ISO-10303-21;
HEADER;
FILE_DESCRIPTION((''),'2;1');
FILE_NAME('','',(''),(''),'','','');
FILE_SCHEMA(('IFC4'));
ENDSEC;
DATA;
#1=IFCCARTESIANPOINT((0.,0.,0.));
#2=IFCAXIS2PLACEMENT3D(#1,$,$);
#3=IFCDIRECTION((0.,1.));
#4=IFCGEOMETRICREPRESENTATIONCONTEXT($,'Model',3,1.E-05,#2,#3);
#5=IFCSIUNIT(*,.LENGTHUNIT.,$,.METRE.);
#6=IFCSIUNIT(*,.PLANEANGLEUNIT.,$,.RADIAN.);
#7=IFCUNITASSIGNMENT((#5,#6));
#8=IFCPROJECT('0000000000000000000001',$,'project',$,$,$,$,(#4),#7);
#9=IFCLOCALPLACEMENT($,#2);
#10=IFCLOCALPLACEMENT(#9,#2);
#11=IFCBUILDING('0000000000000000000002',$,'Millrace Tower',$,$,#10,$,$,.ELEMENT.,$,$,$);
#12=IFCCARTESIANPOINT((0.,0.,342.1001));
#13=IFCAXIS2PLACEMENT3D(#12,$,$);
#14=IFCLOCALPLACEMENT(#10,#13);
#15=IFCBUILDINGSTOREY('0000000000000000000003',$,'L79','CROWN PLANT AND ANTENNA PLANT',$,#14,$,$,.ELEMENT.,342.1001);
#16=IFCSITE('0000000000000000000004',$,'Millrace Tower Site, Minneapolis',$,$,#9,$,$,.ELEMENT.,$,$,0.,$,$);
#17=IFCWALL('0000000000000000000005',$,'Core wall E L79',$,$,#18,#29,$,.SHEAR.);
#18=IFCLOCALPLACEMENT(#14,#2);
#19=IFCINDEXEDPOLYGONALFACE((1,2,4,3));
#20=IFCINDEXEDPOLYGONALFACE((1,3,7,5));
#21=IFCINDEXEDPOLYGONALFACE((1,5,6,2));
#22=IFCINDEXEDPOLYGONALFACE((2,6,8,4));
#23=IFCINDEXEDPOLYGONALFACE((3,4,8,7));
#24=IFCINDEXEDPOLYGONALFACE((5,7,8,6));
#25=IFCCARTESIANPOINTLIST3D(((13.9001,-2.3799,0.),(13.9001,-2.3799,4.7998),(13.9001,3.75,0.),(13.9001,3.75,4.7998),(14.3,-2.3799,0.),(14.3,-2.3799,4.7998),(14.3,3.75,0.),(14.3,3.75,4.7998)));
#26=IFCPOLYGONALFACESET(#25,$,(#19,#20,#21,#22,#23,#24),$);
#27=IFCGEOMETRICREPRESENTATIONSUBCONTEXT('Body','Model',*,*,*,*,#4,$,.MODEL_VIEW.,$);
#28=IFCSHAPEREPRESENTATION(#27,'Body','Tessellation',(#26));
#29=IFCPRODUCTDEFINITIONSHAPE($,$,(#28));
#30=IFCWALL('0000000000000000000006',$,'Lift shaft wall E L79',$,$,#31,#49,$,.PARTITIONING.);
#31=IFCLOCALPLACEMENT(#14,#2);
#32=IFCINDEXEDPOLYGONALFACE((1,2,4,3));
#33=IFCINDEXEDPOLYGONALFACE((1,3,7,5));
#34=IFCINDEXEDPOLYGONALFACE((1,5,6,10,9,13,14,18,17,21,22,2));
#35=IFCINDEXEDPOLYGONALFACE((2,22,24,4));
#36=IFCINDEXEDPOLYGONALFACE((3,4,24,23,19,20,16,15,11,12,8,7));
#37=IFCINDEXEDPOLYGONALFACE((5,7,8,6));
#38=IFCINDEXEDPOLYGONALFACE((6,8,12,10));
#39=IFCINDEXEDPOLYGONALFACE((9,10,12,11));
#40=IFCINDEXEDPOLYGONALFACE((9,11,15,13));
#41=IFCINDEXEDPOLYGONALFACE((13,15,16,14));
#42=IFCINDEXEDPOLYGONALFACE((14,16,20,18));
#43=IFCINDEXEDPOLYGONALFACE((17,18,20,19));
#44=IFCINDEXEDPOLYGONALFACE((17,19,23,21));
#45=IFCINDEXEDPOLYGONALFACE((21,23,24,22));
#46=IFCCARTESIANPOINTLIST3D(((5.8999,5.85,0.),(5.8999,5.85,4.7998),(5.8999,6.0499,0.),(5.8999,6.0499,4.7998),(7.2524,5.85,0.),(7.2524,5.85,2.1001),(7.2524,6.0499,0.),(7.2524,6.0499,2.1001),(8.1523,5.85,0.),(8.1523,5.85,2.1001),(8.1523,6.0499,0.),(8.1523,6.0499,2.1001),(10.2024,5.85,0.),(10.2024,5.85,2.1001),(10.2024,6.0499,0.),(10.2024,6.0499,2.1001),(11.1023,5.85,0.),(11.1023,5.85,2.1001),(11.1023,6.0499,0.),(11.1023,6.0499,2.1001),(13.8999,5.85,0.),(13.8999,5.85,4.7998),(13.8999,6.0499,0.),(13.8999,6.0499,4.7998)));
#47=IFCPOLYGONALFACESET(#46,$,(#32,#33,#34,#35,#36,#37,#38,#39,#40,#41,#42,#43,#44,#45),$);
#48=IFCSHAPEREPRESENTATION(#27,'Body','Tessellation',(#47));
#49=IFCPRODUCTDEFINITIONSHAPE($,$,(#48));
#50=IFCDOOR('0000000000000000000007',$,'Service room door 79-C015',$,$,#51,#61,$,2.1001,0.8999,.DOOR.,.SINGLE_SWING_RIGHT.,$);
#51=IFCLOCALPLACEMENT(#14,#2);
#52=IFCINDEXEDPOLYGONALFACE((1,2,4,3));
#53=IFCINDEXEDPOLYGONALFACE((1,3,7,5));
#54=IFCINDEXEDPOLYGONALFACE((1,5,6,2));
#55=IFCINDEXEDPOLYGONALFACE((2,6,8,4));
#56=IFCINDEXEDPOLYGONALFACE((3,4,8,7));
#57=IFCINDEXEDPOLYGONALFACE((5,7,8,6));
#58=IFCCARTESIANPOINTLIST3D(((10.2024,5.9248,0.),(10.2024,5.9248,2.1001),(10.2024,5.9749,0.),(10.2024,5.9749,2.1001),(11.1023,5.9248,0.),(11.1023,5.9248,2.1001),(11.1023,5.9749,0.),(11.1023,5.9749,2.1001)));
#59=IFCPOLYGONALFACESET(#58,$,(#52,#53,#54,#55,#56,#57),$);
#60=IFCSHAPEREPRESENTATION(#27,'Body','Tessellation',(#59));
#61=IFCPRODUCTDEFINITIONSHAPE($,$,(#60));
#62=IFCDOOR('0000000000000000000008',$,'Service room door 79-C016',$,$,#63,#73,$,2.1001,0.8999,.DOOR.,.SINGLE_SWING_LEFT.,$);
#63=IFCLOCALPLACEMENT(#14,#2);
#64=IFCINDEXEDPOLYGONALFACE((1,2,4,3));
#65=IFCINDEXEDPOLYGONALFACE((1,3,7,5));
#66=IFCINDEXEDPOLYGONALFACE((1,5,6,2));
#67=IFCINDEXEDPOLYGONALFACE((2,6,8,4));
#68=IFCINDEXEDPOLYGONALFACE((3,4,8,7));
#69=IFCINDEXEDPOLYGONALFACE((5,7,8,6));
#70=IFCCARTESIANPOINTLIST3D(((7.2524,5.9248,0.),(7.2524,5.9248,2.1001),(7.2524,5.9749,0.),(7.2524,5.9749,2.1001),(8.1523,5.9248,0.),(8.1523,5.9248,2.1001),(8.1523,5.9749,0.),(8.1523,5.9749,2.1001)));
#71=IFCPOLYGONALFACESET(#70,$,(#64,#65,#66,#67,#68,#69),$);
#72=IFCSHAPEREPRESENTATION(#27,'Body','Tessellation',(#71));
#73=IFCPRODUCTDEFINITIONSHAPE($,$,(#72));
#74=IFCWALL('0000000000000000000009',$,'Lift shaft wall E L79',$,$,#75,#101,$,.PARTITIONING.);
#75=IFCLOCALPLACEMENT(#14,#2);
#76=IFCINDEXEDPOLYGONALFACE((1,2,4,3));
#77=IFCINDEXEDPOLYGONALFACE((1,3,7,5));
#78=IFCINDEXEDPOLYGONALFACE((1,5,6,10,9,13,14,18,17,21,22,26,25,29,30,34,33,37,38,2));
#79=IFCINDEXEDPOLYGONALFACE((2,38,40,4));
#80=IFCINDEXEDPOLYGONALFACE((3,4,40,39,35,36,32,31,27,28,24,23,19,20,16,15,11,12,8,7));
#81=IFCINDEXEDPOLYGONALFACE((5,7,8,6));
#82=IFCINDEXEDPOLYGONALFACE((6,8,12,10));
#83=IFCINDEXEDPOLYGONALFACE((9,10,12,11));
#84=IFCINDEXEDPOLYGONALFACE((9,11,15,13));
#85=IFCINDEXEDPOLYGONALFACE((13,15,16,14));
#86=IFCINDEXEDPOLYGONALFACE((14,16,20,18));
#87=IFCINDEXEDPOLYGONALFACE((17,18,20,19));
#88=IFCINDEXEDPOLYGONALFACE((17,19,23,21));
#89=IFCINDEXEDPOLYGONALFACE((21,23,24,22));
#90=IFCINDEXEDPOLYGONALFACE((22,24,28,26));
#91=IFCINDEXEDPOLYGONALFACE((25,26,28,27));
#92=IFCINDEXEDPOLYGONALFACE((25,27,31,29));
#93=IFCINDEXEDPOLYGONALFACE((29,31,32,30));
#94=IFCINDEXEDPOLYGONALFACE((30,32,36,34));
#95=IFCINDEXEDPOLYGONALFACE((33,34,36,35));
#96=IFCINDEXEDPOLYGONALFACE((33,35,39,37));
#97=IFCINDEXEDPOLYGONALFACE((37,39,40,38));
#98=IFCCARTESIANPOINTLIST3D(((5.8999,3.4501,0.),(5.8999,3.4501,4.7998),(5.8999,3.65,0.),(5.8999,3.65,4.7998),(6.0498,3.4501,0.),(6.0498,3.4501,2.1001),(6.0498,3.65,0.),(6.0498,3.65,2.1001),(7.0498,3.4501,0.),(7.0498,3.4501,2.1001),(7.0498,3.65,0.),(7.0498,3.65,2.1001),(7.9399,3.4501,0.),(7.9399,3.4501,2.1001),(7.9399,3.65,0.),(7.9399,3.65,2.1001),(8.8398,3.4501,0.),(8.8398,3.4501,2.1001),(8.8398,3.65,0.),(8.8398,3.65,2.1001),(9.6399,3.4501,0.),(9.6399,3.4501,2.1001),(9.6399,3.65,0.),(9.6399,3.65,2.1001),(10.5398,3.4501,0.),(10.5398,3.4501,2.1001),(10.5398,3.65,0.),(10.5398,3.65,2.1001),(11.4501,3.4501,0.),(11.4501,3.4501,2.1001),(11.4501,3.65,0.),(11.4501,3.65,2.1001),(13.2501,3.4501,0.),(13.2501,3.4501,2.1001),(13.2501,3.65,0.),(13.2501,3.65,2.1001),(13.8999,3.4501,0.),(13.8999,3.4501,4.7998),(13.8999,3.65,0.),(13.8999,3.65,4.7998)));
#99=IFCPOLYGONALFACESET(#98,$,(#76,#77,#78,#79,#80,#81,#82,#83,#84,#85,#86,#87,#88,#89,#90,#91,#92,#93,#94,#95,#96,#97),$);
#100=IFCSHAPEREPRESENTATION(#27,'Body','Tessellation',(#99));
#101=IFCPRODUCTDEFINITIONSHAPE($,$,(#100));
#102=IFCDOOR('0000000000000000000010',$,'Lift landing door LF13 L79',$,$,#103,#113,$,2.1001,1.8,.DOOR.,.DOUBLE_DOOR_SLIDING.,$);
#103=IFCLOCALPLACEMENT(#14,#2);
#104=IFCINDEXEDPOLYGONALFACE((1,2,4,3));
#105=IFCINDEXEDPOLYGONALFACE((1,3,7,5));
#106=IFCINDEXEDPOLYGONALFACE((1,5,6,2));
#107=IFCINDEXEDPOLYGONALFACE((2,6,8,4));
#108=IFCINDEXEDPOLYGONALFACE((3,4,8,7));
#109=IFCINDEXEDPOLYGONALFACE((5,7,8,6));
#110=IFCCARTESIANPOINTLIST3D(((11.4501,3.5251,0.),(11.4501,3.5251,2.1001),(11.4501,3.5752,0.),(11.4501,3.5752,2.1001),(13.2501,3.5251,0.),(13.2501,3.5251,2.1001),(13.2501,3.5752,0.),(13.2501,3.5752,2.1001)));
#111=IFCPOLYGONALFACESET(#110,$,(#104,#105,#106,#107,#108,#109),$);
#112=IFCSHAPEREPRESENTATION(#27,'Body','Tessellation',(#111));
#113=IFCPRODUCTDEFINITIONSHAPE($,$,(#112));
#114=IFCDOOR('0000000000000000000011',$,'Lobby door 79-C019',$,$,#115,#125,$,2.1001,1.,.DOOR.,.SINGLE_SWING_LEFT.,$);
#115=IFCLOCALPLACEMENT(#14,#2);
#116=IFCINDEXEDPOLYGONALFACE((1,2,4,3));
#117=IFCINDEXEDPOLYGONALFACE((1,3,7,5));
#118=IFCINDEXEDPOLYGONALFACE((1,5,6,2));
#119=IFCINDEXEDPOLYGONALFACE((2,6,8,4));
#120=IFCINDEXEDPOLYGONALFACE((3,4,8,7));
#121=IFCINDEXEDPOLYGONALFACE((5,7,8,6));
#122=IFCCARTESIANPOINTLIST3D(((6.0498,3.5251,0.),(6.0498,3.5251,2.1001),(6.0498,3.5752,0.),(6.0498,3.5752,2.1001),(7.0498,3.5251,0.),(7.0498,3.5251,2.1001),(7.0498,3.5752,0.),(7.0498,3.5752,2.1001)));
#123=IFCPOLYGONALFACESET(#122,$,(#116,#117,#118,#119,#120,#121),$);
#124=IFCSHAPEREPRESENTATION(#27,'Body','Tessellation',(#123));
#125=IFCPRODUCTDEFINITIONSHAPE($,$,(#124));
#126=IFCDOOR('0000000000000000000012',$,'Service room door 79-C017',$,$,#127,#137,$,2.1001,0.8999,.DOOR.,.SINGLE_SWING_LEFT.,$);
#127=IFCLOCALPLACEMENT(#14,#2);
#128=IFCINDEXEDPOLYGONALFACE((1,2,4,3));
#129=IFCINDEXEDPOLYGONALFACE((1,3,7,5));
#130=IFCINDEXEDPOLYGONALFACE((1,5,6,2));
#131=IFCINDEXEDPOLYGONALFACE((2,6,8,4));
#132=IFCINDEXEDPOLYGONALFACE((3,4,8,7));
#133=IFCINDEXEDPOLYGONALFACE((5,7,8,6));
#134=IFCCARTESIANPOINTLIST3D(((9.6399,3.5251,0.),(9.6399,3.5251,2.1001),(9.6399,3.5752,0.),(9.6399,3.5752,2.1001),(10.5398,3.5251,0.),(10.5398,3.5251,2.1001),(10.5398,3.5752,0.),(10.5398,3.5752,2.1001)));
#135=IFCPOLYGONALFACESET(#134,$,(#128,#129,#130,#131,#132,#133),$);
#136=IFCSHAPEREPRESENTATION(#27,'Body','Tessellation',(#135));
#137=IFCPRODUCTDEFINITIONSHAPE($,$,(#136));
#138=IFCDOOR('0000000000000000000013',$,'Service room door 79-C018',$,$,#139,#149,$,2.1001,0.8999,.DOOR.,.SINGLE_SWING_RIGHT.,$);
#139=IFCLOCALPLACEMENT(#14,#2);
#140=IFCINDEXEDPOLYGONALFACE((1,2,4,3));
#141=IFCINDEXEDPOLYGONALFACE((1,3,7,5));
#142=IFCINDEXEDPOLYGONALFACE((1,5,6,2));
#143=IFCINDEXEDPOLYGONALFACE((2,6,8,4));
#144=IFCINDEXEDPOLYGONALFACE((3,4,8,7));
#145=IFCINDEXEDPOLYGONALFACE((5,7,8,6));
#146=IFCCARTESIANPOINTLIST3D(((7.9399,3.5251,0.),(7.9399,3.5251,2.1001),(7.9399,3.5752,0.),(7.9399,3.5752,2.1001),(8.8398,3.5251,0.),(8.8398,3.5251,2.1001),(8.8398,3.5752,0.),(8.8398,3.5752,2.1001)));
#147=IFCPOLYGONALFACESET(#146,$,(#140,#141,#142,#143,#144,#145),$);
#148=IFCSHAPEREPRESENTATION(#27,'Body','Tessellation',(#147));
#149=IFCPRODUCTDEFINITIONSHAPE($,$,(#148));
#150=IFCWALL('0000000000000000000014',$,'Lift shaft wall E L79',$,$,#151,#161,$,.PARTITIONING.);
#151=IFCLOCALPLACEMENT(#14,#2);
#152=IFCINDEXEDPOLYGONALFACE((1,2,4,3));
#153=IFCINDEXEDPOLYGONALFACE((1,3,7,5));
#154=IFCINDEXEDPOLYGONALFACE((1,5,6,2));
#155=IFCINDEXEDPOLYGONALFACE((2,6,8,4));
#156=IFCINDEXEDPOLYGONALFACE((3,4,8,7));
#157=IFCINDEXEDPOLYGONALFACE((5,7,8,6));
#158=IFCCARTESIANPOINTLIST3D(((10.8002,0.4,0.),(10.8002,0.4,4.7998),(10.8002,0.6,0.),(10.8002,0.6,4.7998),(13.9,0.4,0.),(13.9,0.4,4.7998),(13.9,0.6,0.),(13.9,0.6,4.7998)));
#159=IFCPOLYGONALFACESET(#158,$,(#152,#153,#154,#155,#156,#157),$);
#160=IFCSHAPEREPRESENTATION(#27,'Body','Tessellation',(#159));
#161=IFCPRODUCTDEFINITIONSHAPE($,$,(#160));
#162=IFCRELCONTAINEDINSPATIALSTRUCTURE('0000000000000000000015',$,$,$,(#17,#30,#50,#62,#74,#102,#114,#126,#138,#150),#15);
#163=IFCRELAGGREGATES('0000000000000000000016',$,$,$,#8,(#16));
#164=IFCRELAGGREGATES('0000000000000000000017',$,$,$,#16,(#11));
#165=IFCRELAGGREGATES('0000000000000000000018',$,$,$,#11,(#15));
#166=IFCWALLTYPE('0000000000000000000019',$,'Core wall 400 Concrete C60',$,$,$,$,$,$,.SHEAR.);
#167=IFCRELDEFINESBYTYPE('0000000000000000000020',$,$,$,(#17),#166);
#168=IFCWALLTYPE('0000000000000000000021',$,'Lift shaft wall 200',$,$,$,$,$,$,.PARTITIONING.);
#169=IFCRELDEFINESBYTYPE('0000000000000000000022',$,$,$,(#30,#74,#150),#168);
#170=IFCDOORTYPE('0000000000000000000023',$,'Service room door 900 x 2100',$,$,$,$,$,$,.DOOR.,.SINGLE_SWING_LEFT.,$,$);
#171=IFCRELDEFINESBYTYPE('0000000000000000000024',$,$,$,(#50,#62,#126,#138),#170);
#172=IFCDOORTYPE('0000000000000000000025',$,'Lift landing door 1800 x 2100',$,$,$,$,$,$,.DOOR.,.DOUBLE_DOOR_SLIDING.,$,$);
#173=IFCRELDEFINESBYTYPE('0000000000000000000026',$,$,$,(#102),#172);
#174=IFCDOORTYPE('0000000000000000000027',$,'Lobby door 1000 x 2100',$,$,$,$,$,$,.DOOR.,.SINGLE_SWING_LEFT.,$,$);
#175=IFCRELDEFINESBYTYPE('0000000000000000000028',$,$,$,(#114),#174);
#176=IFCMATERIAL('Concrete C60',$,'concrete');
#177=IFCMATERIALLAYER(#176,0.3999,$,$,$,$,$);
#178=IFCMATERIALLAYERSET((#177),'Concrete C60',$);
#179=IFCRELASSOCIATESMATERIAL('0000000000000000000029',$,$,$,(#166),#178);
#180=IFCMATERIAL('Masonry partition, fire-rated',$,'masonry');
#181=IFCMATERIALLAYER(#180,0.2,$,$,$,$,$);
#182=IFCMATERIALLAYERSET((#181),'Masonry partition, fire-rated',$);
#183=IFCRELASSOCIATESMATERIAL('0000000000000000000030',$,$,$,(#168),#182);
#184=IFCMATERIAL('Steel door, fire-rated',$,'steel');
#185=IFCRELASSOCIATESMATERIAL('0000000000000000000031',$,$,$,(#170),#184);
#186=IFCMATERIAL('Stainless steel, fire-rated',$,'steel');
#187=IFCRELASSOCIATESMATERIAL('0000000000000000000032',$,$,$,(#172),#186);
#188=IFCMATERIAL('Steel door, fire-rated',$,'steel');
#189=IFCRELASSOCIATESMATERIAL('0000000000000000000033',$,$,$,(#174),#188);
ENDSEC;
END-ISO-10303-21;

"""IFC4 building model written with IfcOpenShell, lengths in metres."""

from ifc_helpers import new_model, si_unit, direction, frame, frame_2d, origin, place, context, subcontext, project, spatial, rectangle, extrude, material, layer, layer_set, type_object, element, fill, save


model = new_model("IFC4")

# Units and contexts
model_context = context("Model", 3, precision=1e-05, world=origin(), true_north=direction((0.0, 1.0)))
body_context = subcontext(model_context, "Body", "Model", "MODEL_VIEW")
ifc_project = project(units=[si_unit("LENGTHUNIT", "METRE"), si_unit("PLANEANGLEUNIT", "RADIAN")], contexts=[model_context])

# Site, building, storey
site_placement = place(None, origin())
site = spatial("IfcSite", under=ifc_project, at=site_placement, Name="Millrace Tower Site, Minneapolis", CompositionType="ELEMENT", RefElevation=0.0)
building_placement = place(site_placement, origin())
building = spatial("IfcBuilding", under=site, at=building_placement, Name="Millrace Tower", CompositionType="ELEMENT")
storey_placement = place(building_placement, frame((0.0, 0.0, 342.1001)))
storey = spatial("IfcBuildingStorey", under=building, at=storey_placement, Name="L79", Description="CROWN PLANT AND ANTENNA PLANT", CompositionType="ELEMENT", Elevation=342.1001)

# Wall
ifc_material_1 = material(Name="Concrete C60", Category="concrete")
ifc_layer_1 = layer(ifc_material_1, 0.3999)
ifc_layer_set_1 = layer_set([ifc_layer_1], Name="Concrete C60")
wall_type_1 = type_object("IfcWallType", Name="Core wall 400 Concrete C60", PredefinedType="SHEAR", material=ifc_layer_set_1)
wall_1_placement = place(storey_placement, frame((14.1001, 3.75, 0.0), z_axis=(0.0, 0.0, 1.0), x_axis=(0.0, -1.0, 0.0)))
element("IfcWall", 1, at=wall_1_placement, inside=storey, type_object=wall_type_1, Name="Core wall E L79", PredefinedType="SHEAR", context=body_context, shape_type="SweptSolid", body=[
    extrude(rectangle(XDim=6.1299, YDim=0.3999, at=frame_2d((3.0649, 0.0))), origin(), (0.0, 0.0, 1.0), 4.7998),
])

# Walls, openings, doors
ifc_material_2 = material(Name="Masonry partition, fire-rated", Category="masonry")
ifc_layer_2 = layer(ifc_material_2, 0.2)
ifc_layer_set_2 = layer_set([ifc_layer_2], Name="Masonry partition, fire-rated")
wall_type_2 = type_object("IfcWallType", Name="Lift shaft wall 200", PredefinedType="PARTITIONING", material=ifc_layer_set_2)
wall_2_placement = place(storey_placement, frame((13.8999, 5.95, 0.0), z_axis=(0.0, 0.0, 1.0), x_axis=(-1.0, 0.0, 0.0)))
wall_2 = element("IfcWall", 2, at=wall_2_placement, inside=storey, type_object=wall_type_2, Name="Lift shaft wall E L79", PredefinedType="PARTITIONING", context=body_context, shape_type="SweptSolid", body=[
    extrude(rectangle(XDim=8.0, YDim=0.2, at=frame_2d((4.0, 0.0))), origin(), (0.0, 0.0, 1.0), 4.7998),
])
opening_1_placement = place(wall_2_placement, frame((2.7976, 0.0, 0.0)))
opening_1 = element("IfcOpeningElement", 3, at=opening_1_placement, cuts=wall_2, PredefinedType="OPENING", context=body_context, shape_type="SweptSolid", body=[
    extrude(rectangle(XDim=0.8999, YDim=2.1001, at=frame_2d((0.45, 1.05))), frame((0.0, 0.1099, 0.0), z_axis=(0.0, -1.0, 0.0), x_axis=(1.0, 0.0, 0.0)), (0.0, 0.0, 1.0), 0.22),
])
opening_2_placement = place(wall_2_placement, frame((5.7476, 0.0, 0.0)))
opening_2 = element("IfcOpeningElement", 4, at=opening_2_placement, cuts=wall_2, PredefinedType="OPENING", context=body_context, shape_type="SweptSolid", body=[
    extrude(rectangle(XDim=0.8999, YDim=2.1001, at=frame_2d((0.45, 1.05))), frame((0.0, 0.1099, 0.0), z_axis=(0.0, -1.0, 0.0), x_axis=(1.0, 0.0, 0.0)), (0.0, 0.0, 1.0), 0.22),
])
ifc_material_3 = material(Name="Steel door, fire-rated", Category="steel")
door_type_1 = type_object("IfcDoorType", Name="Service room door 900 x 2100", OperationType="SINGLE_SWING_LEFT", PredefinedType="DOOR", material=ifc_material_3)
door_1_placement = place(opening_1_placement, frame((0.8999, 0.0, 0.0), z_axis=(0.0, 0.0, 1.0), x_axis=(-1.0, 0.0, 0.0)))
door_1 = element("IfcDoor", 5, at=door_1_placement, inside=storey, type_object=door_type_1, Name="Service room door 79-C015", OperationType="SINGLE_SWING_RIGHT", OverallHeight=2.1001, OverallWidth=0.8999, PredefinedType="DOOR", context=body_context, shape_type="SweptSolid", body=[
    extrude(rectangle(XDim=0.8999, YDim=2.1001, at=frame_2d((0.45, 1.05))), frame((0.0, 0.0249, 0.0), z_axis=(0.0, -1.0, 0.0), x_axis=(1.0, 0.0, 0.0)), (0.0, 0.0, 1.0), 0.05),
])
fill(opening_1, door_1)
door_2_placement = place(opening_2_placement, frame((0.8999, 0.0, 0.0), z_axis=(0.0, 0.0, 1.0), x_axis=(-1.0, 0.0, 0.0)))
door_2 = element("IfcDoor", 6, at=door_2_placement, inside=storey, type_object=door_type_1, Name="Service room door 79-C016", OperationType="SINGLE_SWING_LEFT", OverallHeight=2.1001, OverallWidth=0.8999, PredefinedType="DOOR", context=body_context, shape_type="SweptSolid", body=[
    extrude(rectangle(XDim=0.8999, YDim=2.1001, at=frame_2d((0.45, 1.05))), frame((0.0, 0.0249, 0.0), z_axis=(0.0, -1.0, 0.0), x_axis=(1.0, 0.0, 0.0)), (0.0, 0.0, 1.0), 0.05),
])
fill(opening_2, door_2)
wall_3_placement = place(storey_placement, frame((13.8999, 3.55, 0.0), z_axis=(0.0, 0.0, 1.0), x_axis=(-1.0, 0.0, 0.0)))
wall_3 = element("IfcWall", 7, at=wall_3_placement, inside=storey, type_object=wall_type_2, Name="Lift shaft wall E L79", PredefinedType="PARTITIONING", context=body_context, shape_type="SweptSolid", body=[
    extrude(rectangle(XDim=8.0, YDim=0.2, at=frame_2d((4.0, 0.0))), origin(), (0.0, 0.0, 1.0), 4.7998),
])
opening_3_placement = place(wall_3_placement, frame((0.6499, 0.0, 0.0)))
opening_3 = element("IfcOpeningElement", 8, at=opening_3_placement, cuts=wall_3, PredefinedType="OPENING", context=body_context, shape_type="SweptSolid", body=[
    extrude(rectangle(XDim=1.8, YDim=2.1001, at=frame_2d((0.8999, 1.05))), frame((0.0, 0.1099, 0.0), z_axis=(0.0, -1.0, 0.0), x_axis=(1.0, 0.0, 0.0)), (0.0, 0.0, 1.0), 0.22),
])
opening_4_placement = place(wall_3_placement, frame((3.3601, 0.0, 0.0)))
opening_4 = element("IfcOpeningElement", 9, at=opening_4_placement, cuts=wall_3, PredefinedType="OPENING", context=body_context, shape_type="SweptSolid", body=[
    extrude(rectangle(XDim=0.8999, YDim=2.1001, at=frame_2d((0.45, 1.05))), frame((0.0, 0.1099, 0.0), z_axis=(0.0, -1.0, 0.0), x_axis=(1.0, 0.0, 0.0)), (0.0, 0.0, 1.0), 0.22),
])
opening_5_placement = place(wall_3_placement, frame((5.0601, 0.0, 0.0)))
opening_5 = element("IfcOpeningElement", 10, at=opening_5_placement, cuts=wall_3, PredefinedType="OPENING", context=body_context, shape_type="SweptSolid", body=[
    extrude(rectangle(XDim=0.8999, YDim=2.1001, at=frame_2d((0.45, 1.05))), frame((0.0, 0.1099, 0.0), z_axis=(0.0, -1.0, 0.0), x_axis=(1.0, 0.0, 0.0)), (0.0, 0.0, 1.0), 0.22),
])
opening_6_placement = place(wall_3_placement, frame((6.8501, 0.0, 0.0)))
opening_6 = element("IfcOpeningElement", 11, at=opening_6_placement, cuts=wall_3, PredefinedType="OPENING", context=body_context, shape_type="SweptSolid", body=[
    extrude(rectangle(XDim=1.0, YDim=2.1001, at=frame_2d((0.5, 1.05))), frame((0.0, 0.1099, 0.0), z_axis=(0.0, -1.0, 0.0), x_axis=(1.0, 0.0, 0.0)), (0.0, 0.0, 1.0), 0.22),
])
ifc_material_4 = material(Name="Stainless steel, fire-rated", Category="steel")
door_type_2 = type_object("IfcDoorType", Name="Lift landing door 1800 x 2100", OperationType="DOUBLE_DOOR_SLIDING", PredefinedType="DOOR", material=ifc_material_4)
door_3_placement = place(opening_3_placement, origin())
door_3 = element("IfcDoor", 12, at=door_3_placement, inside=storey, type_object=door_type_2, Name="Lift landing door LF13 L79", OperationType="DOUBLE_DOOR_SLIDING", OverallHeight=2.1001, OverallWidth=1.8, PredefinedType="DOOR", context=body_context, shape_type="SweptSolid", body=[
    extrude(rectangle(XDim=1.8, YDim=2.1001, at=frame_2d((0.8999, 1.05))), frame((0.0, 0.0249, 0.0), z_axis=(0.0, -1.0, 0.0), x_axis=(1.0, 0.0, 0.0)), (0.0, 0.0, 1.0), 0.05),
])
fill(opening_3, door_3)
ifc_material_5 = material(Name="Steel door, fire-rated", Category="steel")
door_type_3 = type_object("IfcDoorType", Name="Lobby door 1000 x 2100", OperationType="SINGLE_SWING_LEFT", PredefinedType="DOOR", material=ifc_material_5)
door_4_placement = place(opening_6_placement, origin())
door_4 = element("IfcDoor", 13, at=door_4_placement, inside=storey, type_object=door_type_3, Name="Lobby door 79-C019", OperationType="SINGLE_SWING_LEFT", OverallHeight=2.1001, OverallWidth=1.0, PredefinedType="DOOR", context=body_context, shape_type="SweptSolid", body=[
    extrude(rectangle(XDim=1.0, YDim=2.1001, at=frame_2d((0.5, 1.05))), frame((0.0, 0.0249, 0.0), z_axis=(0.0, -1.0, 0.0), x_axis=(1.0, 0.0, 0.0)), (0.0, 0.0, 1.0), 0.05),
])
fill(opening_6, door_4)
door_5_placement = place(opening_4_placement, origin())
door_5 = element("IfcDoor", 14, at=door_5_placement, inside=storey, type_object=door_type_1, Name="Service room door 79-C017", OperationType="SINGLE_SWING_LEFT", OverallHeight=2.1001, OverallWidth=0.8999, PredefinedType="DOOR", context=body_context, shape_type="SweptSolid", body=[
    extrude(rectangle(XDim=0.8999, YDim=2.1001, at=frame_2d((0.45, 1.05))), frame((0.0, 0.0249, 0.0), z_axis=(0.0, -1.0, 0.0), x_axis=(1.0, 0.0, 0.0)), (0.0, 0.0, 1.0), 0.05),
])
fill(opening_4, door_5)
door_6_placement = place(opening_5_placement, origin())
door_6 = element("IfcDoor", 15, at=door_6_placement, inside=storey, type_object=door_type_1, Name="Service room door 79-C018", OperationType="SINGLE_SWING_RIGHT", OverallHeight=2.1001, OverallWidth=0.8999, PredefinedType="DOOR", context=body_context, shape_type="SweptSolid", body=[
    extrude(rectangle(XDim=0.8999, YDim=2.1001, at=frame_2d((0.45, 1.05))), frame((0.0, 0.0249, 0.0), z_axis=(0.0, -1.0, 0.0), x_axis=(1.0, 0.0, 0.0)), (0.0, 0.0, 1.0), 0.05),
])
fill(opening_5, door_6)

# Wall
wall_4_placement = place(storey_placement, frame((13.8999, 0.5, 0.0), z_axis=(0.0, 0.0, 1.0), x_axis=(-1.0, 0.0, 0.0)))
element("IfcWall", 16, at=wall_4_placement, inside=storey, type_object=wall_type_2, Name="Lift shaft wall E L79", PredefinedType="PARTITIONING", context=body_context, shape_type="SweptSolid", body=[
    extrude(rectangle(XDim=3.0999, YDim=0.2, at=frame_2d((1.5498, 0.0))), origin(), (0.0, 0.0, 1.0), 4.7998),
])

save(model, "model.ifc")
